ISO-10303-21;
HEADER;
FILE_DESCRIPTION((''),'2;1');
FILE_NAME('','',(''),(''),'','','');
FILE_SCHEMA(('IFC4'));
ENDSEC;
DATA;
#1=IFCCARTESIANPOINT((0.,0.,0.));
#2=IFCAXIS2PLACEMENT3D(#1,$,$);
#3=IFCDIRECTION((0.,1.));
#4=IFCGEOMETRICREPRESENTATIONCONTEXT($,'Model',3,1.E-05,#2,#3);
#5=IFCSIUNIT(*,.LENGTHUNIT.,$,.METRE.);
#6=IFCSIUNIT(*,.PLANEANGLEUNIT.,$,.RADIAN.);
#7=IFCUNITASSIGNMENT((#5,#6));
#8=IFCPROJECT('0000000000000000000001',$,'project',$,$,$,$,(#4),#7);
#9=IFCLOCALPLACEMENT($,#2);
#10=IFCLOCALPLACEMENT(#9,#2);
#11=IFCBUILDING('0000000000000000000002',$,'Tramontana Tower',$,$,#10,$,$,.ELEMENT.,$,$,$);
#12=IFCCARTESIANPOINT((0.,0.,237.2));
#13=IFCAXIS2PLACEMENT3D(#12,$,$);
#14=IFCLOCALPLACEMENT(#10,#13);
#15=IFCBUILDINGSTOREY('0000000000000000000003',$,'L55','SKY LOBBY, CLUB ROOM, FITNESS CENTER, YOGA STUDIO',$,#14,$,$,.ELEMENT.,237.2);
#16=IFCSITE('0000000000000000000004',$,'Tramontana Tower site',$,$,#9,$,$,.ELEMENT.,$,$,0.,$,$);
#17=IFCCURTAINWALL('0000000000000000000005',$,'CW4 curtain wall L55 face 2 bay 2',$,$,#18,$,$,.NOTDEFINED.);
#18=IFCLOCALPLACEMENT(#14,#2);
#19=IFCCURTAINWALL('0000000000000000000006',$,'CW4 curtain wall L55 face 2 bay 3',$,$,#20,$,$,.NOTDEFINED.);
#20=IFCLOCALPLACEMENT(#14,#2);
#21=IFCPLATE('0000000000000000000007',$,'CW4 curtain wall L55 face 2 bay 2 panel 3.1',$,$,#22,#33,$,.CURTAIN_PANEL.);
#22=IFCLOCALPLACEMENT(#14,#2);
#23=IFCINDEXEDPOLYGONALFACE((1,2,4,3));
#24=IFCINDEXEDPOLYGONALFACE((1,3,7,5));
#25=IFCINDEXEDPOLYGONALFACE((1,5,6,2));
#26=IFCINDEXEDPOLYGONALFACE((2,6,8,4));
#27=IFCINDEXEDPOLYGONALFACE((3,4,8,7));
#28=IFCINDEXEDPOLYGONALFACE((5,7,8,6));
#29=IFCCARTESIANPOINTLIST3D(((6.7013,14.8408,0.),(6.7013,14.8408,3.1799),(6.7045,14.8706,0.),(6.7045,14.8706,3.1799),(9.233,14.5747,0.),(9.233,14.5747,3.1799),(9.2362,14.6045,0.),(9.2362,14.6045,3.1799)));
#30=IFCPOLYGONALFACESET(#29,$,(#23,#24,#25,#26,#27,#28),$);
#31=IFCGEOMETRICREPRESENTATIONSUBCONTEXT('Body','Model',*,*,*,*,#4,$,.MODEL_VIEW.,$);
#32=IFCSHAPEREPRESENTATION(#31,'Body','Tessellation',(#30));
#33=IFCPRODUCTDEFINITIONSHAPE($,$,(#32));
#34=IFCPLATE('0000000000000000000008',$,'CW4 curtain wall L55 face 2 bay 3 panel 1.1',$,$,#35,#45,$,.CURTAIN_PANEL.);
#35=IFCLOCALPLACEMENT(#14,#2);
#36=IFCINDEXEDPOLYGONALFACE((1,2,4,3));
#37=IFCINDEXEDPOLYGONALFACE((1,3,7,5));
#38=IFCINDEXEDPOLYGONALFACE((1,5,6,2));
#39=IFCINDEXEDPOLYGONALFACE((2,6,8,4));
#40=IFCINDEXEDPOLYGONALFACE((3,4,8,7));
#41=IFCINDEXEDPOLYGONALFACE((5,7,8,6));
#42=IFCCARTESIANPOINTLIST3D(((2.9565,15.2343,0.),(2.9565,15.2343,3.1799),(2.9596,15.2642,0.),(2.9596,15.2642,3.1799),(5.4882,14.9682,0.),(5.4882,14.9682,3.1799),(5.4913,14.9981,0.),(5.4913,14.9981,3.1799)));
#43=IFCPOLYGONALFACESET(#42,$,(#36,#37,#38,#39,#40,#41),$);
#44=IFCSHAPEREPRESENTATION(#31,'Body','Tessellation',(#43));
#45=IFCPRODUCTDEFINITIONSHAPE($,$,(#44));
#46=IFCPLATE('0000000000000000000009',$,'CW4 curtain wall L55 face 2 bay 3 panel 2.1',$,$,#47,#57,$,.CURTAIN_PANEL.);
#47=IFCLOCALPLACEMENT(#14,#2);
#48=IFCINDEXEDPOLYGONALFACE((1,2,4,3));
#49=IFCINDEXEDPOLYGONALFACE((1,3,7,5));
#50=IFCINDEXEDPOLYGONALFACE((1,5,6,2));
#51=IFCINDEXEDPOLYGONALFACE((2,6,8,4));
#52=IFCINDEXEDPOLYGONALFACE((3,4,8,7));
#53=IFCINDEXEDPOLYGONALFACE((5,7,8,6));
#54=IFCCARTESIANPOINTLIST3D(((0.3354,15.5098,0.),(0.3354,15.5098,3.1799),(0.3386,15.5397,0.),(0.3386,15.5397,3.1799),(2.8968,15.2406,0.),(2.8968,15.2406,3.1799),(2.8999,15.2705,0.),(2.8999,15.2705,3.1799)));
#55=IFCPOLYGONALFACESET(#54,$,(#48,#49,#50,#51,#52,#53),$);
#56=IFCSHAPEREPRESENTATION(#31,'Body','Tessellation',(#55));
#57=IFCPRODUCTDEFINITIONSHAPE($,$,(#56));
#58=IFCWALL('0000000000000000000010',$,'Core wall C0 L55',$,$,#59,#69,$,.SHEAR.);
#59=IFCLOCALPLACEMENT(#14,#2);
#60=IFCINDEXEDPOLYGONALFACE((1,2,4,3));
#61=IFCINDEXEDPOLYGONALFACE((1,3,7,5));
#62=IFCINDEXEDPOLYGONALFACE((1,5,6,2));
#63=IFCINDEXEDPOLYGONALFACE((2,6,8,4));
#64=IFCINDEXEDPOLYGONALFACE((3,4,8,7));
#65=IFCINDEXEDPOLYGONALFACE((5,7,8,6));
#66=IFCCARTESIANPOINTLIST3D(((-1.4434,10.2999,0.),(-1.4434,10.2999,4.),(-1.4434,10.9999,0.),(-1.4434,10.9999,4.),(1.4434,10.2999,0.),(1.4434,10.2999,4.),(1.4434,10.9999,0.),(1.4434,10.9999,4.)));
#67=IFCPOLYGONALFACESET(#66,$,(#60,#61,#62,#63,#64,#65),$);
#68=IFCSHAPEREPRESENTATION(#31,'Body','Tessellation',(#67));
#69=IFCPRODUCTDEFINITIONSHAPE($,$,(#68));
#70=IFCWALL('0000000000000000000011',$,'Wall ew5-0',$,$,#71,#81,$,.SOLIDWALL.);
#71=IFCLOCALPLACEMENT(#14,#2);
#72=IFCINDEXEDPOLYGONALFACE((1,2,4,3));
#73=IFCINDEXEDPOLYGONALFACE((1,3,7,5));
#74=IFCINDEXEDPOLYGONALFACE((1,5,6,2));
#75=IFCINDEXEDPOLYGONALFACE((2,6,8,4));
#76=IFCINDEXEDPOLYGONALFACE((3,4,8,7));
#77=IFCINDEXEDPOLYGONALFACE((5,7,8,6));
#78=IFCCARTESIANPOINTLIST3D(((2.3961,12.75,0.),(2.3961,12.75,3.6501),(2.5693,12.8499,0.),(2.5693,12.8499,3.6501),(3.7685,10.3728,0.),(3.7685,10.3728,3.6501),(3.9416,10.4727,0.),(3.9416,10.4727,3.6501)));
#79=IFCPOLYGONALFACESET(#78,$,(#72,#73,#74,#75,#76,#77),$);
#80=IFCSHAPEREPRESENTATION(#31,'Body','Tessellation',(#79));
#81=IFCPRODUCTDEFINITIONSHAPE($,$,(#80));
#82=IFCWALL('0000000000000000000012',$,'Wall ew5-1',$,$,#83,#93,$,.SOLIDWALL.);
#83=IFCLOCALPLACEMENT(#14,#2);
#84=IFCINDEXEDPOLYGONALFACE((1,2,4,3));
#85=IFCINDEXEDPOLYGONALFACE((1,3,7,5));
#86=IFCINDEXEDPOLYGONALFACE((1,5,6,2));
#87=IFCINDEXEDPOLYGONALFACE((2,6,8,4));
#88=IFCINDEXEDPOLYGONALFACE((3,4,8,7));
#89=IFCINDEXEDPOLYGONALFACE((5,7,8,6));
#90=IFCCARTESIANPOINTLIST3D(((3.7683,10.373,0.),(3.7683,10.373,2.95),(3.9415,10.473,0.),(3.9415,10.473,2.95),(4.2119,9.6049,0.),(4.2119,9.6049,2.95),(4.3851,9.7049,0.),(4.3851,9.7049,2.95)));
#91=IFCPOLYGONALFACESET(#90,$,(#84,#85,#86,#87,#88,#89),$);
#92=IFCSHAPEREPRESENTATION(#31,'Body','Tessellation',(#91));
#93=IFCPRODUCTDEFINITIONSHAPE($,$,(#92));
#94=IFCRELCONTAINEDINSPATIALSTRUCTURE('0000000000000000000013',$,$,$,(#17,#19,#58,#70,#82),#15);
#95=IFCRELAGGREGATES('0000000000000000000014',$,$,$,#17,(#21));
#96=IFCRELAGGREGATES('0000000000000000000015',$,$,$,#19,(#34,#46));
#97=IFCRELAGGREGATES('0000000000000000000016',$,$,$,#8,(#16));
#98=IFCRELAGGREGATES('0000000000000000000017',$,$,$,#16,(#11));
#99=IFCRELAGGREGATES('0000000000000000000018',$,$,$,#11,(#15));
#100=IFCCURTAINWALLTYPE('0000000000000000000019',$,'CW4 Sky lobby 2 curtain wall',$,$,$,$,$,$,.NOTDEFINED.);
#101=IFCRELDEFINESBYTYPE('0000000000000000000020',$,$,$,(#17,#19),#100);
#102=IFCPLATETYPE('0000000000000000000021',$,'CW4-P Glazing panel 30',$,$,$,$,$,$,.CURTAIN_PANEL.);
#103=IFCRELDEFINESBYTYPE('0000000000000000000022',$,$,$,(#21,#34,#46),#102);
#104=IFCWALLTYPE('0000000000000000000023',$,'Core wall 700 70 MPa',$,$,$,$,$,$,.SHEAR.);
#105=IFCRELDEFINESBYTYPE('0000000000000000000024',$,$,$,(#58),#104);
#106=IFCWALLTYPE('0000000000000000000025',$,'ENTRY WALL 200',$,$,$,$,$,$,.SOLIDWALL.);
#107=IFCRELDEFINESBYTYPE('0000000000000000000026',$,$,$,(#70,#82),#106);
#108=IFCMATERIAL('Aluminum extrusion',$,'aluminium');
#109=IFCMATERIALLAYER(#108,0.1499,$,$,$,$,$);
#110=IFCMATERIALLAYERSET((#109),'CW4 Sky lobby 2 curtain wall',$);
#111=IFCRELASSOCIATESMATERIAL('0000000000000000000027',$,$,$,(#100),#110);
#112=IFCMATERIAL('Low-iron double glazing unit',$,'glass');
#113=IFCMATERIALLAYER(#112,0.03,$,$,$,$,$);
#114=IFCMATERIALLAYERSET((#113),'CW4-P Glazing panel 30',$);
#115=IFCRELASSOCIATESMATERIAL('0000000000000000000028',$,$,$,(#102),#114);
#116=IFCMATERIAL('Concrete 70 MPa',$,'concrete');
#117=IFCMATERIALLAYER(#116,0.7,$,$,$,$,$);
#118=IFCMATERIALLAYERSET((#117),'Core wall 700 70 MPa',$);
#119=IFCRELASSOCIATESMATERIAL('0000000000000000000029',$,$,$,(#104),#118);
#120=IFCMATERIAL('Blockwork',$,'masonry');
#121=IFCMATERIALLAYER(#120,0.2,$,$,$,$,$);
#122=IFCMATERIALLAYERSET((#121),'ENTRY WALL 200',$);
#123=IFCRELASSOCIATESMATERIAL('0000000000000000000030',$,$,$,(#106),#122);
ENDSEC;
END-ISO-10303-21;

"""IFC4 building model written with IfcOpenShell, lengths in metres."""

from ifc_helpers import new_model, si_unit, direction, frame, frame_2d, origin, origin_2d, place, context, subcontext, project, spatial, rectangle, extrude, material, layer, layer_set, type_object, element, aggregate, save


model = new_model("IFC4")

# Units and contexts
model_context = context("Model", 3, precision=1e-05, world=origin(), true_north=direction((0.0, 1.0)))
body_context = subcontext(model_context, "Body", "Model", "MODEL_VIEW")
ifc_project = project(units=[si_unit("LENGTHUNIT", "METRE"), si_unit("PLANEANGLEUNIT", "RADIAN")], contexts=[model_context])

# Site, building, storey
site_placement = place(None, origin())
site = spatial("IfcSite", under=ifc_project, at=site_placement, Name="Tramontana Tower site", CompositionType="ELEMENT", RefElevation=0.0)
building_placement = place(site_placement, origin())
building = spatial("IfcBuilding", under=site, at=building_placement, Name="Tramontana Tower", CompositionType="ELEMENT")
storey_placement = place(building_placement, frame((0.0, 0.0, 237.2)))
storey = spatial("IfcBuildingStorey", under=building, at=storey_placement, Name="L55", Description="SKY LOBBY, CLUB ROOM, FITNESS CENTER, YOGA STUDIO", CompositionType="ELEMENT", Elevation=237.2)

# Curtain walls
ifc_material_1 = material(Name="Aluminum extrusion", Category="aluminium")
ifc_layer_1 = layer(ifc_material_1, 0.1499)
ifc_layer_set_1 = layer_set([ifc_layer_1], Name="CW4 Sky lobby 2 curtain wall")
curtain_wall_type = type_object("IfcCurtainWallType", Name="CW4 Sky lobby 2 curtain wall", PredefinedType="NOTDEFINED", material=ifc_layer_set_1)
curtain_wall_1_placement = place(storey_placement, origin())
curtain_wall_1 = element("IfcCurtainWall", 1, at=curtain_wall_1_placement, inside=storey, type_object=curtain_wall_type, Name="CW4 curtain wall L55 face 2 bay 2", PredefinedType="NOTDEFINED")
curtain_wall_2_placement = place(storey_placement, origin())
curtain_wall_2 = element("IfcCurtainWall", 2, at=curtain_wall_2_placement, inside=storey, type_object=curtain_wall_type, Name="CW4 curtain wall L55 face 2 bay 3", PredefinedType="NOTDEFINED")

# Plates
ifc_material_2 = material(Name="Low-iron double glazing unit", Category="glass")
ifc_layer_2 = layer(ifc_material_2, 0.03)
ifc_layer_set_2 = layer_set([ifc_layer_2], Name="CW4-P Glazing panel 30")
plate_type = type_object("IfcPlateType", Name="CW4-P Glazing panel 30", PredefinedType="CURTAIN_PANEL", material=ifc_layer_set_2)
plate_1_placement = place(storey_placement, frame((7.9688, 14.7227, 0.0), z_axis=(0.0, 0.0, 1.0), x_axis=(-0.994522, 0.104528, 0.0)))
plate_1 = element("IfcPlate", 3, at=plate_1_placement, type_object=plate_type, Name="CW4 curtain wall L55 face 2 bay 2 panel 3.1", PredefinedType="CURTAIN_PANEL", context=body_context, shape_type="SweptSolid", body=[
    extrude(rectangle(XDim=2.5457, YDim=0.03, at=origin_2d()), origin(), (0.0, 0.0, 1.0), 3.1799),
])
aggregate(curtain_wall_1, [plate_1])
plate_2_placement = place(storey_placement, frame((4.2239, 15.1162, 0.0), z_axis=(0.0, 0.0, 1.0), x_axis=(-0.994522, 0.104528, 0.0)))
plate_2 = element("IfcPlate", 4, at=plate_2_placement, type_object=plate_type, Name="CW4 curtain wall L55 face 2 bay 3 panel 1.1", PredefinedType="CURTAIN_PANEL", context=body_context, shape_type="SweptSolid", body=[
    extrude(rectangle(XDim=2.5457, YDim=0.03, at=origin_2d()), origin(), (0.0, 0.0, 1.0), 3.1799),
])
plate_3_placement = place(storey_placement, frame((1.6177, 15.3901, 0.0), z_axis=(0.0, 0.0, 1.0), x_axis=(-0.994522, 0.104528, 0.0)))
plate_3 = element("IfcPlate", 5, at=plate_3_placement, type_object=plate_type, Name="CW4 curtain wall L55 face 2 bay 3 panel 2.1", PredefinedType="CURTAIN_PANEL", context=body_context, shape_type="SweptSolid", body=[
    extrude(rectangle(XDim=2.5754, YDim=0.03, at=origin_2d()), origin(), (0.0, 0.0, 1.0), 3.1799),
])
aggregate(curtain_wall_2, [plate_2, plate_3])

# Walls
ifc_material_3 = material(Name="Concrete 70 MPa", Category="concrete")
ifc_layer_3 = layer(ifc_material_3, 0.7)
ifc_layer_set_3 = layer_set([ifc_layer_3], Name="Core wall 700 70 MPa")
wall_type_1 = type_object("IfcWallType", Name="Core wall 700 70 MPa", PredefinedType="SHEAR", material=ifc_layer_set_3)
wall_1_placement = place(storey_placement, frame((1.4434, 10.6499, 0.0), z_axis=(0.0, 0.0, 1.0), x_axis=(-1.0, 0.0, 0.0)))
element("IfcWall", 6, at=wall_1_placement, inside=storey, type_object=wall_type_1, Name="Core wall C0 L55", PredefinedType="SHEAR", context=body_context, shape_type="SweptSolid", body=[
    extrude(rectangle(XDim=2.8867, YDim=0.7, at=frame_2d((1.4434, 0.0))), origin(), (0.0, 0.0, 1.0), 4.0),
])
ifc_material_4 = material(Name="Blockwork", Category="masonry")
ifc_layer_4 = layer(ifc_material_4, 0.2)
ifc_layer_set_4 = layer_set([ifc_layer_4], Name="ENTRY WALL 200")
wall_type_2 = type_object("IfcWallType", Name="ENTRY WALL 200", PredefinedType="SOLIDWALL", material=ifc_layer_set_4)
wall_2_placement = place(storey_placement, frame((2.4827, 12.8, 0.0), z_axis=(0.0, 0.0, 1.0), x_axis=(0.499956, -0.866051, 0.0)))
element("IfcWall", 7, at=wall_2_placement, inside=storey, type_object=wall_type_2, Name="Wall ew5-0", PredefinedType="SOLIDWALL", context=body_context, shape_type="SweptSolid", body=[
    extrude(rectangle(XDim=2.7449, YDim=0.2, at=frame_2d((1.3726, 0.0))), origin(), (0.0, 0.0, 1.0), 3.6501),
])
wall_3_placement = place(storey_placement, frame((3.855, 10.4229, 0.0), z_axis=(0.0, 0.0, 1.0), x_axis=(0.500135, -0.865947, 0.0)))
element("IfcWall", 8, at=wall_3_placement, inside=storey, type_object=wall_type_2, Name="Wall ew5-1", PredefinedType="SOLIDWALL", context=body_context, shape_type="SweptSolid", body=[
    extrude(rectangle(XDim=0.887, YDim=0.2, at=frame_2d((0.4434, 0.0))), origin(), (0.0, 0.0, 1.0), 2.95),
])

save(model, "model.ifc")
